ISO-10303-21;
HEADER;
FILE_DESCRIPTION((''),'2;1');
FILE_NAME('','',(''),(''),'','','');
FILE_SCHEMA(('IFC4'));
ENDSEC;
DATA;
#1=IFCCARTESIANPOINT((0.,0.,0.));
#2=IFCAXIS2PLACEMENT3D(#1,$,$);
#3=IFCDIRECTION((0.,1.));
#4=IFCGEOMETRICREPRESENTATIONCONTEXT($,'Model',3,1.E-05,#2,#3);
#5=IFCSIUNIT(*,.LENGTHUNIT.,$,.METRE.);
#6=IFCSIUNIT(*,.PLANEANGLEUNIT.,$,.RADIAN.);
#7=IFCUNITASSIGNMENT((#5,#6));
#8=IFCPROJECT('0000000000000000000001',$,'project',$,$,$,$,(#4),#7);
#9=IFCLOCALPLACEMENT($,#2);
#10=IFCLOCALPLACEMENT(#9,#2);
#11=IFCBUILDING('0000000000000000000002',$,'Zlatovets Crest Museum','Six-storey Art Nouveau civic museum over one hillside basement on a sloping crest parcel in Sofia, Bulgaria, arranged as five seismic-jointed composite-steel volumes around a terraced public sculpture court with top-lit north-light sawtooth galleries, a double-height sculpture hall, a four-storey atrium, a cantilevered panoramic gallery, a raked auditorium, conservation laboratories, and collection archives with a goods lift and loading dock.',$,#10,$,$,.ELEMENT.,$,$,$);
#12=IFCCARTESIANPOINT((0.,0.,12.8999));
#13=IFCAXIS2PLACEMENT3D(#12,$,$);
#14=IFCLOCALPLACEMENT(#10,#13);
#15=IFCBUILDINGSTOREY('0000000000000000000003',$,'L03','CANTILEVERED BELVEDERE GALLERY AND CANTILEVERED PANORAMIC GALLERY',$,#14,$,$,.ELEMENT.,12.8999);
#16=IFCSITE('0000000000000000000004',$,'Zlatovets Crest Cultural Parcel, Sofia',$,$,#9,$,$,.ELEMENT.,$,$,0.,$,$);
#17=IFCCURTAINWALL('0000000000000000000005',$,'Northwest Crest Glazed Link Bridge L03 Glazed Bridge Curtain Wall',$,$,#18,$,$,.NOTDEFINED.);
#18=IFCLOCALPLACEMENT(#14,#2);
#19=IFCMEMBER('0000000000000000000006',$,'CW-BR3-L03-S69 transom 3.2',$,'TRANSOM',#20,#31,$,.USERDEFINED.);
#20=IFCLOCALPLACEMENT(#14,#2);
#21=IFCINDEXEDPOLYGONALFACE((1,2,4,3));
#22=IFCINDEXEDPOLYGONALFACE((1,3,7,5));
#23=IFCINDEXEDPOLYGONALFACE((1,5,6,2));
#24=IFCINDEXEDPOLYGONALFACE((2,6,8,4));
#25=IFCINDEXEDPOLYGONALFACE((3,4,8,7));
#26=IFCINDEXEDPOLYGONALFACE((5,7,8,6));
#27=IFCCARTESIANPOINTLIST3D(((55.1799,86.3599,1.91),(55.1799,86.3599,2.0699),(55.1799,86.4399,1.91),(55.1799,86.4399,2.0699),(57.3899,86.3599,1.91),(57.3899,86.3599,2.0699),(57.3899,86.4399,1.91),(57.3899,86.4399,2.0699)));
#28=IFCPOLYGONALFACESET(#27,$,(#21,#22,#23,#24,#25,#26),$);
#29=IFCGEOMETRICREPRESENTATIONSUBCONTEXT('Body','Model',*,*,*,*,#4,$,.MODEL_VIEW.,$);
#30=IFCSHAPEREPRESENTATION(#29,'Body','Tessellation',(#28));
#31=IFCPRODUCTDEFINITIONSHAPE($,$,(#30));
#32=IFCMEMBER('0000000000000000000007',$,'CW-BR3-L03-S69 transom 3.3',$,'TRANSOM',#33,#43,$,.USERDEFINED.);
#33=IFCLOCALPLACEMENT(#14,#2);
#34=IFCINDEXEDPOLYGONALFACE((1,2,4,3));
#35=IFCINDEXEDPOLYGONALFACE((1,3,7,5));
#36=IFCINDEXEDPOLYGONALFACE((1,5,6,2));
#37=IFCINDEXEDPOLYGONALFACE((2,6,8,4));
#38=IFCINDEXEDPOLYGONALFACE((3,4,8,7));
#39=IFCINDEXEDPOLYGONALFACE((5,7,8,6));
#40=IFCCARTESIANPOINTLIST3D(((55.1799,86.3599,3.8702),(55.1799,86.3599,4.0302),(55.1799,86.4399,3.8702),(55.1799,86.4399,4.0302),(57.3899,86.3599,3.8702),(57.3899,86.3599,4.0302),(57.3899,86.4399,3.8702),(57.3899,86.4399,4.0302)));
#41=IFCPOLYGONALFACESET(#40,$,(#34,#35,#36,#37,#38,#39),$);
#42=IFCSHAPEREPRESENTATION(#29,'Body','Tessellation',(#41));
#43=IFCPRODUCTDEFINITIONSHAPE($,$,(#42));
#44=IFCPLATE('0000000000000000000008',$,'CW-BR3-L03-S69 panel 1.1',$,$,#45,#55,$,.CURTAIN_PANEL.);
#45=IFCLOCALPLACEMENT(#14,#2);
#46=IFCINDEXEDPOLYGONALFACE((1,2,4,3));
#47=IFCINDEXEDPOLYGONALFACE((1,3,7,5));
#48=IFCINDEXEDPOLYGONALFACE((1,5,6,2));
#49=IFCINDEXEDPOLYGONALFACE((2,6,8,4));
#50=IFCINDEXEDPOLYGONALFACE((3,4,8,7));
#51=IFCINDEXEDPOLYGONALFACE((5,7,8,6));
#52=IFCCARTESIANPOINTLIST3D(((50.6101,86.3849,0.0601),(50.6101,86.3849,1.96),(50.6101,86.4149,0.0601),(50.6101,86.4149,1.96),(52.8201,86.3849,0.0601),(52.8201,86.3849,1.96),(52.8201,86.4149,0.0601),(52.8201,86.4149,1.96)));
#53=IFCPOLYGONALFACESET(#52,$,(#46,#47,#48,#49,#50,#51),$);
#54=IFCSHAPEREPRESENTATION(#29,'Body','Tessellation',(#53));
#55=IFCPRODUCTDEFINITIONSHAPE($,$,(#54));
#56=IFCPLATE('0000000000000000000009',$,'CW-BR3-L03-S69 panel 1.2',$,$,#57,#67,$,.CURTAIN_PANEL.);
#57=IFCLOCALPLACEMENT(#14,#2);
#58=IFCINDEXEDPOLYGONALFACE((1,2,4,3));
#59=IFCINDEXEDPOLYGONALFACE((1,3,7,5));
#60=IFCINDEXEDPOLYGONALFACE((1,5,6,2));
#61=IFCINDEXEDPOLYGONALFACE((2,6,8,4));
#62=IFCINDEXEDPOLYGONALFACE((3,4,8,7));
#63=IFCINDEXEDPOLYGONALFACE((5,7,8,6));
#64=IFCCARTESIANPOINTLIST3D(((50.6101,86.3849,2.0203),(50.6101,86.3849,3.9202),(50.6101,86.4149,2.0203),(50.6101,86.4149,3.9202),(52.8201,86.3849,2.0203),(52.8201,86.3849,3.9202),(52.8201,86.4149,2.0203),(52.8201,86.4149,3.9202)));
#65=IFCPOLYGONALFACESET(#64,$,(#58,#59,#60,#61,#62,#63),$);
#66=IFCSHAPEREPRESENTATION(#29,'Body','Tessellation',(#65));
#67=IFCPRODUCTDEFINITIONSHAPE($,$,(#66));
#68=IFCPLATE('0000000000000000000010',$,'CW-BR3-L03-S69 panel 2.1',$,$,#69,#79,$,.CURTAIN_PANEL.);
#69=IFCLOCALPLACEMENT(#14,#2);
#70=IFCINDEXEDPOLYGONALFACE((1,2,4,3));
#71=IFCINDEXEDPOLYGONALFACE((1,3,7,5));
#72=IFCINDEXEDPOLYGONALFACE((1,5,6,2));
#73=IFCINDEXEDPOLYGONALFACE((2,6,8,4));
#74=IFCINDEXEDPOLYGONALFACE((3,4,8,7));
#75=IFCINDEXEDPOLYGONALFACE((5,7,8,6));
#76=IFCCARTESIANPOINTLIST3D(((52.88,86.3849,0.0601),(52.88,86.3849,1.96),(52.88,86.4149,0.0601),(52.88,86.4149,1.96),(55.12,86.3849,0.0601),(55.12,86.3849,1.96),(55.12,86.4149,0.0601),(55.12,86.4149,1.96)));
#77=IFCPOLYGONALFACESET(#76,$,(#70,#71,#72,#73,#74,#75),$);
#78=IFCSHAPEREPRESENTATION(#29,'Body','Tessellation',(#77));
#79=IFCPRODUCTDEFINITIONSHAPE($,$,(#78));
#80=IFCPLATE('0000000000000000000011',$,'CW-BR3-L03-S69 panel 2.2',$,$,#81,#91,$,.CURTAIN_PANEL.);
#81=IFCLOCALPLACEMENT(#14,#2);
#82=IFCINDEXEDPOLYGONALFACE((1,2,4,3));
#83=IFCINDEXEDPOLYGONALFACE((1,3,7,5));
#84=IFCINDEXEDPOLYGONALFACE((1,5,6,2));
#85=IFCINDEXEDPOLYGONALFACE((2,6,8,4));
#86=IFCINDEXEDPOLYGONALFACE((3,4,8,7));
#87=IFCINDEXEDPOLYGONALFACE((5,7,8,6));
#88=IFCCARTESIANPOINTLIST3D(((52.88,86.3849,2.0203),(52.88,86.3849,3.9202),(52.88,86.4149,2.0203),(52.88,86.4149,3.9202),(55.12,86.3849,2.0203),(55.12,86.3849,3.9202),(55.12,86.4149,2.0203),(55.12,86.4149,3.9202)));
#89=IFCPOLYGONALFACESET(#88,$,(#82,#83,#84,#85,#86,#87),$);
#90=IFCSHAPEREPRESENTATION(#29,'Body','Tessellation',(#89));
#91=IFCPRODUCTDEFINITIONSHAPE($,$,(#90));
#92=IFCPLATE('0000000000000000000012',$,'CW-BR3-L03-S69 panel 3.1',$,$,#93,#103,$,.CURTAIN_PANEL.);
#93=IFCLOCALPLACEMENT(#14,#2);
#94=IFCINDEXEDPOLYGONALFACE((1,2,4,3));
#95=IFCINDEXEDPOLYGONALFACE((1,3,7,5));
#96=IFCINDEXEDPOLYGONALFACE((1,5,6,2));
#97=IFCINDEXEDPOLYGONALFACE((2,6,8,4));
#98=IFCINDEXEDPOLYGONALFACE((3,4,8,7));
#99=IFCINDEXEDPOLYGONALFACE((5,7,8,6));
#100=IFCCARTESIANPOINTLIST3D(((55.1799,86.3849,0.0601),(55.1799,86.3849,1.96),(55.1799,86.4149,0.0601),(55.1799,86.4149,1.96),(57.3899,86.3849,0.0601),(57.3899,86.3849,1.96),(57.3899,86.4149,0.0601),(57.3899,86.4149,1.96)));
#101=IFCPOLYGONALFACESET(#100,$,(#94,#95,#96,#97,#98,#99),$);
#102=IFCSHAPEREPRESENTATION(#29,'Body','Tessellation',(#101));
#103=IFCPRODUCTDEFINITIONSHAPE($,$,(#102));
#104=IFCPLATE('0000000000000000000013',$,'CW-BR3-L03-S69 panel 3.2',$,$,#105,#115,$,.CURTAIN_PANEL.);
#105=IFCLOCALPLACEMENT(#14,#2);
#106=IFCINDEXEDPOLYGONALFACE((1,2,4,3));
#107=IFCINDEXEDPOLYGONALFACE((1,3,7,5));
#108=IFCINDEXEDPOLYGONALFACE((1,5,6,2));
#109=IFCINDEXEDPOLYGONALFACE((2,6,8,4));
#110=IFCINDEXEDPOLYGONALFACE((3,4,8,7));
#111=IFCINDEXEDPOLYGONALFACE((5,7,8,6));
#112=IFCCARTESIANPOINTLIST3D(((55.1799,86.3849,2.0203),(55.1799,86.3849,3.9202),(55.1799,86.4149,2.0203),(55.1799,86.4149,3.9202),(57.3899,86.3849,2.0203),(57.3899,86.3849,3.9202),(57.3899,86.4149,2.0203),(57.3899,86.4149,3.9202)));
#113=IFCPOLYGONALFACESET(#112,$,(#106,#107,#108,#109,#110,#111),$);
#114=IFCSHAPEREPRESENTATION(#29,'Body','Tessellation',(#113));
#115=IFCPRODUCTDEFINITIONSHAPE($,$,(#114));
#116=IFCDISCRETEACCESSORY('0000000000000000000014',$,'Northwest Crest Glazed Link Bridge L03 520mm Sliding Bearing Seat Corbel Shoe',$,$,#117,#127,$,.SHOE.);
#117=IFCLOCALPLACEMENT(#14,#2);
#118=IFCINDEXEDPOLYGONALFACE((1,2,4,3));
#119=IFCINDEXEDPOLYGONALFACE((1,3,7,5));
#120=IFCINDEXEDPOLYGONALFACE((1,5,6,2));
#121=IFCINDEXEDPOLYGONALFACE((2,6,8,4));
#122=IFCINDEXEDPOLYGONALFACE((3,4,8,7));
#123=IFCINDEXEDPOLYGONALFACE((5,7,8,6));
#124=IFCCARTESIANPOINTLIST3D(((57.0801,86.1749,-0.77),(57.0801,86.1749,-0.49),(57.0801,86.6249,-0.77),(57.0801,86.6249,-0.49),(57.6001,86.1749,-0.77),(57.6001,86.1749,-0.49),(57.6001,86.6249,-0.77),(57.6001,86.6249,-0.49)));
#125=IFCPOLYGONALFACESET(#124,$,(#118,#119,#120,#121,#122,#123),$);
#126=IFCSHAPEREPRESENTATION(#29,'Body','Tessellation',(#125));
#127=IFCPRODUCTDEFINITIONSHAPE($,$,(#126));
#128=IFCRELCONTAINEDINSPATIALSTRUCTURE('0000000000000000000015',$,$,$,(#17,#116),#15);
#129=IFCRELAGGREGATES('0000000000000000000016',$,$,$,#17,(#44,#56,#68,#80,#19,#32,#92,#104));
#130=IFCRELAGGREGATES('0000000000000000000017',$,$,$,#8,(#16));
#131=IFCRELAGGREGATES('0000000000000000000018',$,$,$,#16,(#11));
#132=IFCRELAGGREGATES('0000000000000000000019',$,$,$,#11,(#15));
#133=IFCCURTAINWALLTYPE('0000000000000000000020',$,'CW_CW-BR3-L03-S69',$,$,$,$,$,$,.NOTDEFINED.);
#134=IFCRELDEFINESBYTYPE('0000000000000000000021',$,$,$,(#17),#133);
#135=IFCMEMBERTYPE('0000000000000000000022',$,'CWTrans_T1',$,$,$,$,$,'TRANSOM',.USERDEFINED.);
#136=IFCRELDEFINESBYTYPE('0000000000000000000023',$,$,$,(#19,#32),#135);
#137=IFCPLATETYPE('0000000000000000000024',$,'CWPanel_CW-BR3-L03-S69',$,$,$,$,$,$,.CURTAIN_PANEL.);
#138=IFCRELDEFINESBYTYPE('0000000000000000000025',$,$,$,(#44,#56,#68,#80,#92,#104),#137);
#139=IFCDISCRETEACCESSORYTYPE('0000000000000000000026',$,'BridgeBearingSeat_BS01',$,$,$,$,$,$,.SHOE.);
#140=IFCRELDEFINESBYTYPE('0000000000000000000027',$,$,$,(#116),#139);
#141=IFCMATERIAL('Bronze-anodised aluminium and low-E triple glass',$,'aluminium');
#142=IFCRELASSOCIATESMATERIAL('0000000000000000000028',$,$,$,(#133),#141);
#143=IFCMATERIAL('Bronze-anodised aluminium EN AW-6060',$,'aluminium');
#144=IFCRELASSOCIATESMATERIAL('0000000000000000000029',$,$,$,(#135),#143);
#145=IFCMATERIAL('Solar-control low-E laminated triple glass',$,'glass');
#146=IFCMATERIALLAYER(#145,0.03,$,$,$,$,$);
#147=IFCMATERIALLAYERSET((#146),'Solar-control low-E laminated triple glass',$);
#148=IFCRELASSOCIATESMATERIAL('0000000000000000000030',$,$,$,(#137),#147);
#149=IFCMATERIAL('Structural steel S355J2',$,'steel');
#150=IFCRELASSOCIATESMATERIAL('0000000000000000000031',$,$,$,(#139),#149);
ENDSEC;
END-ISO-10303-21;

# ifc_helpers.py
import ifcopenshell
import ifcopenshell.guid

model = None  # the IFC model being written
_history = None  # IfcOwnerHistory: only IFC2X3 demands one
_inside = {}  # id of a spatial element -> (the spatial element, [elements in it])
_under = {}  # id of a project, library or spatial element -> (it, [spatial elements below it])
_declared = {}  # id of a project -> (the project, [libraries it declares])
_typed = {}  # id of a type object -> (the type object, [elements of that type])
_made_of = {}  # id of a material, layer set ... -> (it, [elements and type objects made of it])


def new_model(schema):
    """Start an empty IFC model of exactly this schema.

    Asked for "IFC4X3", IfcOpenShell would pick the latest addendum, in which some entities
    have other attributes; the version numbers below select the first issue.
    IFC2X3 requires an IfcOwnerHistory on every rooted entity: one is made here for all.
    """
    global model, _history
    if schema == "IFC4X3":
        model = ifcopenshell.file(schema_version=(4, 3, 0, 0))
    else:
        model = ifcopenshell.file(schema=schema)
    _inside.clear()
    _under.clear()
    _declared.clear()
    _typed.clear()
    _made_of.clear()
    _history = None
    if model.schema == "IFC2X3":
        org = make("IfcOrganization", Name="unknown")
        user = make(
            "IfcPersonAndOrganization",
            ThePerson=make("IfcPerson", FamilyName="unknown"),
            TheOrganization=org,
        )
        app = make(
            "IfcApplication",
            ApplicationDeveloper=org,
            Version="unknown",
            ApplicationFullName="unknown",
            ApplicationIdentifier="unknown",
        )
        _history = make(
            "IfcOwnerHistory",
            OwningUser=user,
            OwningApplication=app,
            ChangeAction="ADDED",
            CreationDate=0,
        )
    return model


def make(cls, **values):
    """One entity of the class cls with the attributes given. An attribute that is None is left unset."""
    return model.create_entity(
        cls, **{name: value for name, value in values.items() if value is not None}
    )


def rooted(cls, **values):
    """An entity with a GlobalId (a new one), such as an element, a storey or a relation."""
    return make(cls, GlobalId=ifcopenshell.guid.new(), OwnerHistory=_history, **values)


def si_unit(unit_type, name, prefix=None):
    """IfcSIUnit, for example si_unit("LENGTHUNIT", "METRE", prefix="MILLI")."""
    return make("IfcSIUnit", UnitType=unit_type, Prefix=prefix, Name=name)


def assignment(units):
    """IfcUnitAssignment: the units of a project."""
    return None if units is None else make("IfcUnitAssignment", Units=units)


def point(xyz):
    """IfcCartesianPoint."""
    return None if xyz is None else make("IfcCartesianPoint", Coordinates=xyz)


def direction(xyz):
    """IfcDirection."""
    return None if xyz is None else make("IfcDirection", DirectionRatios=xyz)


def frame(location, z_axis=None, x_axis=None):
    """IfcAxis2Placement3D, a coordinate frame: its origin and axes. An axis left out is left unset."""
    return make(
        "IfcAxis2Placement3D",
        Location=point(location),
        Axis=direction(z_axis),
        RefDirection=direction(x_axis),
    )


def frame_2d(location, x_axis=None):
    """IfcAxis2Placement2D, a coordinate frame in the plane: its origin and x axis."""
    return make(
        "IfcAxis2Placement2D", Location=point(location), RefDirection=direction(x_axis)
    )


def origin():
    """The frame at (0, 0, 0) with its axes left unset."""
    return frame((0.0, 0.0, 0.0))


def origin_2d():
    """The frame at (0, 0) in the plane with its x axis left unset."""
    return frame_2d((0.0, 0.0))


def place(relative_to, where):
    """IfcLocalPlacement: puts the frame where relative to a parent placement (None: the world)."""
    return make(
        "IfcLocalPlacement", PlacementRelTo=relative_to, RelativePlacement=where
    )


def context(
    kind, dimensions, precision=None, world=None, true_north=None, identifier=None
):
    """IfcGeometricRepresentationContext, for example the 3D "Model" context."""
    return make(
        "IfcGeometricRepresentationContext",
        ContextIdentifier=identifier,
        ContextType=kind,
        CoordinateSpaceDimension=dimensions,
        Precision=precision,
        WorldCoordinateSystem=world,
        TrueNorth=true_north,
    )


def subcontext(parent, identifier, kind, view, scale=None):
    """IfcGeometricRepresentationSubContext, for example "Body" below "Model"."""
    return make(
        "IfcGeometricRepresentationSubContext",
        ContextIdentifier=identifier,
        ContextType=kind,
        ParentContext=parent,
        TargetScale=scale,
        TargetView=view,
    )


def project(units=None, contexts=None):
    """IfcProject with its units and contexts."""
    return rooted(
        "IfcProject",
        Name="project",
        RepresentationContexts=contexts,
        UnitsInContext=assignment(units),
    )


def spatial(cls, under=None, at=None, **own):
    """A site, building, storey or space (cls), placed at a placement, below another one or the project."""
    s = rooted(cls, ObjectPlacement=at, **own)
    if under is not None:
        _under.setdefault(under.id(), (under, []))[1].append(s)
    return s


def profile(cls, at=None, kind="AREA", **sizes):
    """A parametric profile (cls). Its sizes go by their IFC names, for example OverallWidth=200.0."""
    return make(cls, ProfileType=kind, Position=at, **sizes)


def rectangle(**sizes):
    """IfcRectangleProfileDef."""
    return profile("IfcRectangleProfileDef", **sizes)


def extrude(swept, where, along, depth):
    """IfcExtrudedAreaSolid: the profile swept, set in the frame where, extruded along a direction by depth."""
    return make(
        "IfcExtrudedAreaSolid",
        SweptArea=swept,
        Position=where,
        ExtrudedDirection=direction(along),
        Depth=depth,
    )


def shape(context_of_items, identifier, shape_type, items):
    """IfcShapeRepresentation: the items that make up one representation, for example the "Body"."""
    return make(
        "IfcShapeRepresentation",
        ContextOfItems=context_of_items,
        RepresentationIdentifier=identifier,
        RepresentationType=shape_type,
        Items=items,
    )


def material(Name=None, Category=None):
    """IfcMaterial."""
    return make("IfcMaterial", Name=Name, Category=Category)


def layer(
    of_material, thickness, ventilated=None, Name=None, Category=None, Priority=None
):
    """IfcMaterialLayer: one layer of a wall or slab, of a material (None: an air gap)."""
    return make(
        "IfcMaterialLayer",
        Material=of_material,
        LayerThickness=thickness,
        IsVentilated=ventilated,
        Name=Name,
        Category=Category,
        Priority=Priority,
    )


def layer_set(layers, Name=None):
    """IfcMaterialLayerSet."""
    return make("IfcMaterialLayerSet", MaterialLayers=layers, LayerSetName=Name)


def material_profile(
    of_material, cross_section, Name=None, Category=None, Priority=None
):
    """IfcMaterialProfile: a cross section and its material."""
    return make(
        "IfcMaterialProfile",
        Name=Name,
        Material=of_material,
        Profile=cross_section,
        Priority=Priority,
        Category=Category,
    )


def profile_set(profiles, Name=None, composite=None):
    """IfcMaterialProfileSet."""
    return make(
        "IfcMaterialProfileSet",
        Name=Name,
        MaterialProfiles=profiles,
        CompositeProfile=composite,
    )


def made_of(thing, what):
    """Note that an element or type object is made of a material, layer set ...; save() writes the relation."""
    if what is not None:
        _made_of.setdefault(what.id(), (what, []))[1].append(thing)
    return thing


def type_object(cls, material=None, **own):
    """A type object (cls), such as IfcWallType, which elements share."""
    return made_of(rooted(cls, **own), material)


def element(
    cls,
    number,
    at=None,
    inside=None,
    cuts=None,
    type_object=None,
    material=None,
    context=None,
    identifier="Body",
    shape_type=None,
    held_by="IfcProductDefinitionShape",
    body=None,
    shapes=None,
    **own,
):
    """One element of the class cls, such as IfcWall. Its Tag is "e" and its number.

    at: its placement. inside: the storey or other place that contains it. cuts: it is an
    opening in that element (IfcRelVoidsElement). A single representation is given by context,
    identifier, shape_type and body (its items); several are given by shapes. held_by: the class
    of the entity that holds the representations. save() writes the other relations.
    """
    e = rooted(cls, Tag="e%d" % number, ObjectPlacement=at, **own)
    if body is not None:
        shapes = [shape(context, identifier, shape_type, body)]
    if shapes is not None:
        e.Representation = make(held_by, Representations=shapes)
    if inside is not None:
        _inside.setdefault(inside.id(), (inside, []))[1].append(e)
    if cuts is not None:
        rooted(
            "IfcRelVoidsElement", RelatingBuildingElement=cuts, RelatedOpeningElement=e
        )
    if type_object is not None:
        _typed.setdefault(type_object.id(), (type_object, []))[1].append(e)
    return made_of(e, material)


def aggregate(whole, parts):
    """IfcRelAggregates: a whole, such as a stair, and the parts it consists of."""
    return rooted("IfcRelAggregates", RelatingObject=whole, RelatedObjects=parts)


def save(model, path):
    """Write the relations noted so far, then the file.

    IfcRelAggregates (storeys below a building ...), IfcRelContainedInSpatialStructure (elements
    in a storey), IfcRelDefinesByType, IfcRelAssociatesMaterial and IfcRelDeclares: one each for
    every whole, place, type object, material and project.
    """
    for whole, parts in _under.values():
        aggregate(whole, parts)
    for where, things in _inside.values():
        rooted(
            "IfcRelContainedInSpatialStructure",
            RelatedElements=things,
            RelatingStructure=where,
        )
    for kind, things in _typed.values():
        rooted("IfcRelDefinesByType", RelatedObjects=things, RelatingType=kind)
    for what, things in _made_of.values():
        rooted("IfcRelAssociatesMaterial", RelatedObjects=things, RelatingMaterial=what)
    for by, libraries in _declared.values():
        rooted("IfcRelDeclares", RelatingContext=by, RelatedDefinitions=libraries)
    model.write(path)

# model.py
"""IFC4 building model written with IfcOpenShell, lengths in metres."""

from ifc_helpers import new_model, si_unit, direction, frame, origin, origin_2d, place, context, subcontext, project, spatial, rectangle, extrude, material, layer, layer_set, material_profile, profile_set, type_object, element, aggregate, save


model = new_model("IFC4")

# Units and contexts
model_context = context("Model", 3, precision=1e-05, world=origin(), true_north=direction((0.0, 1.0)))
body_context = subcontext(model_context, "Body", "Model", "MODEL_VIEW")
ifc_project = project(units=[si_unit("LENGTHUNIT", "METRE"), si_unit("PLANEANGLEUNIT", "RADIAN")], contexts=[model_context])

# Site, building, storey
site_placement = place(None, origin())
site = spatial("IfcSite", under=ifc_project, at=site_placement, Name="Zlatovets Crest Cultural Parcel, Sofia", CompositionType="ELEMENT", RefElevation=0.0)
building_placement = place(site_placement, origin())
building = spatial("IfcBuilding", under=site, at=building_placement, Name="Zlatovets Crest Museum", Description="Six-storey Art Nouveau civic museum over one hillside basement on a sloping crest parcel in Sofia, Bulgaria, arranged as five seismic-jointed composite-steel volumes around a terraced public sculpture court with top-lit north-light sawtooth galleries, a double-height sculpture hall, a four-storey atrium, a cantilevered panoramic gallery, a raked auditorium, conservation laboratories, and collection archives with a goods lift and loading dock.", CompositionType="ELEMENT")
storey_placement = place(building_placement, frame((0.0, 0.0, 12.8999)))
storey = spatial("IfcBuildingStorey", under=building, at=storey_placement, Name="L03", Description="CANTILEVERED BELVEDERE GALLERY AND CANTILEVERED PANORAMIC GALLERY", CompositionType="ELEMENT", Elevation=12.8999)

# Shared definitions
ifc_material_1 = material(Name="Structural steel S355J2", Category="steel")

# Curtain wall, members, plates
ifc_material_2 = material(Name="Bronze-anodised aluminium and low-E triple glass", Category="aluminium")
curtain_wall_type = type_object("IfcCurtainWallType", Name="CW_CW-BR3-L03-S69", PredefinedType="NOTDEFINED", material=ifc_material_2)
curtain_wall_placement = place(storey_placement, origin())
curtain_wall = element("IfcCurtainWall", 1, at=curtain_wall_placement, inside=storey, type_object=curtain_wall_type, Name="Northwest Crest Glazed Link Bridge L03 Glazed Bridge Curtain Wall", PredefinedType="NOTDEFINED")
ifc_material_3 = material(Name="Bronze-anodised aluminium EN AW-6060", Category="aluminium")
ifc_material_profile_1 = material_profile(ifc_material_3, rectangle(XDim=0.0801, YDim=0.1599, at=origin_2d()), Name="ALU 80x160")
ifc_profile_set_1 = profile_set([ifc_material_profile_1], Name="Bronze-anodised aluminium EN AW-6060")
member_type_1 = type_object("IfcMemberType", Name="CWTrans_T1", ElementType="TRANSOM", PredefinedType="USERDEFINED", material=ifc_profile_set_1)
member_1_placement = place(storey_placement, frame((55.1799, 86.3999, 1.99), z_axis=(1.0, 0.0, 0.0), x_axis=(0.0, 1.0, 0.0)))
member_1 = element("IfcMember", 2, at=member_1_placement, type_object=member_type_1, Name="CW-BR3-L03-S69 transom 3.2", ObjectType="TRANSOM", PredefinedType="USERDEFINED", context=body_context, shape_type="SweptSolid", body=[
    extrude(rectangle(XDim=0.0801, YDim=0.1599, at=origin_2d()), origin(), (0.0, 0.0, 1.0), 2.21),
])
member_2_placement = place(storey_placement, frame((55.1799, 86.3999, 3.9502), z_axis=(1.0, 0.0, 0.0), x_axis=(0.0, 1.0, 0.0)))
member_2 = element("IfcMember", 3, at=member_2_placement, type_object=member_type_1, Name="CW-BR3-L03-S69 transom 3.3", ObjectType="TRANSOM", PredefinedType="USERDEFINED", context=body_context, shape_type="SweptSolid", body=[
    extrude(rectangle(XDim=0.0801, YDim=0.1599, at=origin_2d()), origin(), (0.0, 0.0, 1.0), 2.21),
])
ifc_material_4 = material(Name="Solar-control low-E laminated triple glass", Category="glass")
ifc_layer = layer(ifc_material_4, 0.03)
ifc_layer_set = layer_set([ifc_layer], Name="Solar-control low-E laminated triple glass")
plate_type = type_object("IfcPlateType", Name="CWPanel_CW-BR3-L03-S69", PredefinedType="CURTAIN_PANEL", material=ifc_layer_set)
plate_1_placement = place(storey_placement, frame((51.7151, 86.3999, 0.0601), z_axis=(0.0, 0.0, 1.0), x_axis=(1.0, 0.0, 0.0)))
plate_1 = element("IfcPlate", 4, at=plate_1_placement, type_object=plate_type, Name="CW-BR3-L03-S69 panel 1.1", PredefinedType="CURTAIN_PANEL", context=body_context, shape_type="SweptSolid", body=[
    extrude(rectangle(XDim=2.21, YDim=0.03, at=origin_2d()), origin(), (0.0, 0.0, 1.0), 1.8999),
])
plate_2_placement = place(storey_placement, frame((51.7151, 86.3999, 2.0203), z_axis=(0.0, 0.0, 1.0), x_axis=(1.0, 0.0, 0.0)))
plate_2 = element("IfcPlate", 5, at=plate_2_placement, type_object=plate_type, Name="CW-BR3-L03-S69 panel 1.2", PredefinedType="CURTAIN_PANEL", context=body_context, shape_type="SweptSolid", body=[
    extrude(rectangle(XDim=2.21, YDim=0.03, at=origin_2d()), origin(), (0.0, 0.0, 1.0), 1.8999),
])
plate_3_placement = place(storey_placement, frame((54.0, 86.3999, 0.0601), z_axis=(0.0, 0.0, 1.0), x_axis=(1.0, 0.0, 0.0)))
plate_3 = element("IfcPlate", 6, at=plate_3_placement, type_object=plate_type, Name="CW-BR3-L03-S69 panel 2.1", PredefinedType="CURTAIN_PANEL", context=body_context, shape_type="SweptSolid", body=[
    extrude(rectangle(XDim=2.24, YDim=0.03, at=origin_2d()), origin(), (0.0, 0.0, 1.0), 1.8999),
])
plate_4_placement = place(storey_placement, frame((54.0, 86.3999, 2.0203), z_axis=(0.0, 0.0, 1.0), x_axis=(1.0, 0.0, 0.0)))
plate_4 = element("IfcPlate", 7, at=plate_4_placement, type_object=plate_type, Name="CW-BR3-L03-S69 panel 2.2", PredefinedType="CURTAIN_PANEL", context=body_context, shape_type="SweptSolid", body=[
    extrude(rectangle(XDim=2.24, YDim=0.03, at=origin_2d()), origin(), (0.0, 0.0, 1.0), 1.8999),
])
plate_5_placement = place(storey_placement, frame((56.2849, 86.3999, 0.0601), z_axis=(0.0, 0.0, 1.0), x_axis=(1.0, 0.0, 0.0)))
plate_5 = element("IfcPlate", 8, at=plate_5_placement, type_object=plate_type, Name="CW-BR3-L03-S69 panel 3.1", PredefinedType="CURTAIN_PANEL", context=body_context, shape_type="SweptSolid", body=[
    extrude(rectangle(XDim=2.21, YDim=0.03, at=origin_2d()), origin(), (0.0, 0.0, 1.0), 1.8999),
])
plate_6_placement = place(storey_placement, frame((56.2849, 86.3999, 2.0203), z_axis=(0.0, 0.0, 1.0), x_axis=(1.0, 0.0, 0.0)))
plate_6 = element("IfcPlate", 9, at=plate_6_placement, type_object=plate_type, Name="CW-BR3-L03-S69 panel 3.2", PredefinedType="CURTAIN_PANEL", context=body_context, shape_type="SweptSolid", body=[
    extrude(rectangle(XDim=2.21, YDim=0.03, at=origin_2d()), origin(), (0.0, 0.0, 1.0), 1.8999),
])
aggregate(curtain_wall, [plate_1, plate_2, plate_3, plate_4, member_1, member_2, plate_5, plate_6])

# Discrete accessory
discrete_accessory_type = type_object("IfcDiscreteAccessoryType", Name="BridgeBearingSeat_BS01", PredefinedType="SHOE", material=ifc_material_1)
discrete_accessory_placement = place(storey_placement, frame((57.3401, 86.3999, -0.77), z_axis=(0.0, 0.0, 1.0), x_axis=(1.0, 0.0, 0.0)))
element("IfcDiscreteAccessory", 10, at=discrete_accessory_placement, inside=storey, type_object=discrete_accessory_type, Name="Northwest Crest Glazed Link Bridge L03 520mm Sliding Bearing Seat Corbel Shoe", PredefinedType="SHOE", context=body_context, shape_type="SweptSolid", body=[
    extrude(rectangle(XDim=0.52, YDim=0.45, at=origin_2d()), origin(), (0.0, 0.0, 1.0), 0.28),
])

save(model, "model.ifc")
